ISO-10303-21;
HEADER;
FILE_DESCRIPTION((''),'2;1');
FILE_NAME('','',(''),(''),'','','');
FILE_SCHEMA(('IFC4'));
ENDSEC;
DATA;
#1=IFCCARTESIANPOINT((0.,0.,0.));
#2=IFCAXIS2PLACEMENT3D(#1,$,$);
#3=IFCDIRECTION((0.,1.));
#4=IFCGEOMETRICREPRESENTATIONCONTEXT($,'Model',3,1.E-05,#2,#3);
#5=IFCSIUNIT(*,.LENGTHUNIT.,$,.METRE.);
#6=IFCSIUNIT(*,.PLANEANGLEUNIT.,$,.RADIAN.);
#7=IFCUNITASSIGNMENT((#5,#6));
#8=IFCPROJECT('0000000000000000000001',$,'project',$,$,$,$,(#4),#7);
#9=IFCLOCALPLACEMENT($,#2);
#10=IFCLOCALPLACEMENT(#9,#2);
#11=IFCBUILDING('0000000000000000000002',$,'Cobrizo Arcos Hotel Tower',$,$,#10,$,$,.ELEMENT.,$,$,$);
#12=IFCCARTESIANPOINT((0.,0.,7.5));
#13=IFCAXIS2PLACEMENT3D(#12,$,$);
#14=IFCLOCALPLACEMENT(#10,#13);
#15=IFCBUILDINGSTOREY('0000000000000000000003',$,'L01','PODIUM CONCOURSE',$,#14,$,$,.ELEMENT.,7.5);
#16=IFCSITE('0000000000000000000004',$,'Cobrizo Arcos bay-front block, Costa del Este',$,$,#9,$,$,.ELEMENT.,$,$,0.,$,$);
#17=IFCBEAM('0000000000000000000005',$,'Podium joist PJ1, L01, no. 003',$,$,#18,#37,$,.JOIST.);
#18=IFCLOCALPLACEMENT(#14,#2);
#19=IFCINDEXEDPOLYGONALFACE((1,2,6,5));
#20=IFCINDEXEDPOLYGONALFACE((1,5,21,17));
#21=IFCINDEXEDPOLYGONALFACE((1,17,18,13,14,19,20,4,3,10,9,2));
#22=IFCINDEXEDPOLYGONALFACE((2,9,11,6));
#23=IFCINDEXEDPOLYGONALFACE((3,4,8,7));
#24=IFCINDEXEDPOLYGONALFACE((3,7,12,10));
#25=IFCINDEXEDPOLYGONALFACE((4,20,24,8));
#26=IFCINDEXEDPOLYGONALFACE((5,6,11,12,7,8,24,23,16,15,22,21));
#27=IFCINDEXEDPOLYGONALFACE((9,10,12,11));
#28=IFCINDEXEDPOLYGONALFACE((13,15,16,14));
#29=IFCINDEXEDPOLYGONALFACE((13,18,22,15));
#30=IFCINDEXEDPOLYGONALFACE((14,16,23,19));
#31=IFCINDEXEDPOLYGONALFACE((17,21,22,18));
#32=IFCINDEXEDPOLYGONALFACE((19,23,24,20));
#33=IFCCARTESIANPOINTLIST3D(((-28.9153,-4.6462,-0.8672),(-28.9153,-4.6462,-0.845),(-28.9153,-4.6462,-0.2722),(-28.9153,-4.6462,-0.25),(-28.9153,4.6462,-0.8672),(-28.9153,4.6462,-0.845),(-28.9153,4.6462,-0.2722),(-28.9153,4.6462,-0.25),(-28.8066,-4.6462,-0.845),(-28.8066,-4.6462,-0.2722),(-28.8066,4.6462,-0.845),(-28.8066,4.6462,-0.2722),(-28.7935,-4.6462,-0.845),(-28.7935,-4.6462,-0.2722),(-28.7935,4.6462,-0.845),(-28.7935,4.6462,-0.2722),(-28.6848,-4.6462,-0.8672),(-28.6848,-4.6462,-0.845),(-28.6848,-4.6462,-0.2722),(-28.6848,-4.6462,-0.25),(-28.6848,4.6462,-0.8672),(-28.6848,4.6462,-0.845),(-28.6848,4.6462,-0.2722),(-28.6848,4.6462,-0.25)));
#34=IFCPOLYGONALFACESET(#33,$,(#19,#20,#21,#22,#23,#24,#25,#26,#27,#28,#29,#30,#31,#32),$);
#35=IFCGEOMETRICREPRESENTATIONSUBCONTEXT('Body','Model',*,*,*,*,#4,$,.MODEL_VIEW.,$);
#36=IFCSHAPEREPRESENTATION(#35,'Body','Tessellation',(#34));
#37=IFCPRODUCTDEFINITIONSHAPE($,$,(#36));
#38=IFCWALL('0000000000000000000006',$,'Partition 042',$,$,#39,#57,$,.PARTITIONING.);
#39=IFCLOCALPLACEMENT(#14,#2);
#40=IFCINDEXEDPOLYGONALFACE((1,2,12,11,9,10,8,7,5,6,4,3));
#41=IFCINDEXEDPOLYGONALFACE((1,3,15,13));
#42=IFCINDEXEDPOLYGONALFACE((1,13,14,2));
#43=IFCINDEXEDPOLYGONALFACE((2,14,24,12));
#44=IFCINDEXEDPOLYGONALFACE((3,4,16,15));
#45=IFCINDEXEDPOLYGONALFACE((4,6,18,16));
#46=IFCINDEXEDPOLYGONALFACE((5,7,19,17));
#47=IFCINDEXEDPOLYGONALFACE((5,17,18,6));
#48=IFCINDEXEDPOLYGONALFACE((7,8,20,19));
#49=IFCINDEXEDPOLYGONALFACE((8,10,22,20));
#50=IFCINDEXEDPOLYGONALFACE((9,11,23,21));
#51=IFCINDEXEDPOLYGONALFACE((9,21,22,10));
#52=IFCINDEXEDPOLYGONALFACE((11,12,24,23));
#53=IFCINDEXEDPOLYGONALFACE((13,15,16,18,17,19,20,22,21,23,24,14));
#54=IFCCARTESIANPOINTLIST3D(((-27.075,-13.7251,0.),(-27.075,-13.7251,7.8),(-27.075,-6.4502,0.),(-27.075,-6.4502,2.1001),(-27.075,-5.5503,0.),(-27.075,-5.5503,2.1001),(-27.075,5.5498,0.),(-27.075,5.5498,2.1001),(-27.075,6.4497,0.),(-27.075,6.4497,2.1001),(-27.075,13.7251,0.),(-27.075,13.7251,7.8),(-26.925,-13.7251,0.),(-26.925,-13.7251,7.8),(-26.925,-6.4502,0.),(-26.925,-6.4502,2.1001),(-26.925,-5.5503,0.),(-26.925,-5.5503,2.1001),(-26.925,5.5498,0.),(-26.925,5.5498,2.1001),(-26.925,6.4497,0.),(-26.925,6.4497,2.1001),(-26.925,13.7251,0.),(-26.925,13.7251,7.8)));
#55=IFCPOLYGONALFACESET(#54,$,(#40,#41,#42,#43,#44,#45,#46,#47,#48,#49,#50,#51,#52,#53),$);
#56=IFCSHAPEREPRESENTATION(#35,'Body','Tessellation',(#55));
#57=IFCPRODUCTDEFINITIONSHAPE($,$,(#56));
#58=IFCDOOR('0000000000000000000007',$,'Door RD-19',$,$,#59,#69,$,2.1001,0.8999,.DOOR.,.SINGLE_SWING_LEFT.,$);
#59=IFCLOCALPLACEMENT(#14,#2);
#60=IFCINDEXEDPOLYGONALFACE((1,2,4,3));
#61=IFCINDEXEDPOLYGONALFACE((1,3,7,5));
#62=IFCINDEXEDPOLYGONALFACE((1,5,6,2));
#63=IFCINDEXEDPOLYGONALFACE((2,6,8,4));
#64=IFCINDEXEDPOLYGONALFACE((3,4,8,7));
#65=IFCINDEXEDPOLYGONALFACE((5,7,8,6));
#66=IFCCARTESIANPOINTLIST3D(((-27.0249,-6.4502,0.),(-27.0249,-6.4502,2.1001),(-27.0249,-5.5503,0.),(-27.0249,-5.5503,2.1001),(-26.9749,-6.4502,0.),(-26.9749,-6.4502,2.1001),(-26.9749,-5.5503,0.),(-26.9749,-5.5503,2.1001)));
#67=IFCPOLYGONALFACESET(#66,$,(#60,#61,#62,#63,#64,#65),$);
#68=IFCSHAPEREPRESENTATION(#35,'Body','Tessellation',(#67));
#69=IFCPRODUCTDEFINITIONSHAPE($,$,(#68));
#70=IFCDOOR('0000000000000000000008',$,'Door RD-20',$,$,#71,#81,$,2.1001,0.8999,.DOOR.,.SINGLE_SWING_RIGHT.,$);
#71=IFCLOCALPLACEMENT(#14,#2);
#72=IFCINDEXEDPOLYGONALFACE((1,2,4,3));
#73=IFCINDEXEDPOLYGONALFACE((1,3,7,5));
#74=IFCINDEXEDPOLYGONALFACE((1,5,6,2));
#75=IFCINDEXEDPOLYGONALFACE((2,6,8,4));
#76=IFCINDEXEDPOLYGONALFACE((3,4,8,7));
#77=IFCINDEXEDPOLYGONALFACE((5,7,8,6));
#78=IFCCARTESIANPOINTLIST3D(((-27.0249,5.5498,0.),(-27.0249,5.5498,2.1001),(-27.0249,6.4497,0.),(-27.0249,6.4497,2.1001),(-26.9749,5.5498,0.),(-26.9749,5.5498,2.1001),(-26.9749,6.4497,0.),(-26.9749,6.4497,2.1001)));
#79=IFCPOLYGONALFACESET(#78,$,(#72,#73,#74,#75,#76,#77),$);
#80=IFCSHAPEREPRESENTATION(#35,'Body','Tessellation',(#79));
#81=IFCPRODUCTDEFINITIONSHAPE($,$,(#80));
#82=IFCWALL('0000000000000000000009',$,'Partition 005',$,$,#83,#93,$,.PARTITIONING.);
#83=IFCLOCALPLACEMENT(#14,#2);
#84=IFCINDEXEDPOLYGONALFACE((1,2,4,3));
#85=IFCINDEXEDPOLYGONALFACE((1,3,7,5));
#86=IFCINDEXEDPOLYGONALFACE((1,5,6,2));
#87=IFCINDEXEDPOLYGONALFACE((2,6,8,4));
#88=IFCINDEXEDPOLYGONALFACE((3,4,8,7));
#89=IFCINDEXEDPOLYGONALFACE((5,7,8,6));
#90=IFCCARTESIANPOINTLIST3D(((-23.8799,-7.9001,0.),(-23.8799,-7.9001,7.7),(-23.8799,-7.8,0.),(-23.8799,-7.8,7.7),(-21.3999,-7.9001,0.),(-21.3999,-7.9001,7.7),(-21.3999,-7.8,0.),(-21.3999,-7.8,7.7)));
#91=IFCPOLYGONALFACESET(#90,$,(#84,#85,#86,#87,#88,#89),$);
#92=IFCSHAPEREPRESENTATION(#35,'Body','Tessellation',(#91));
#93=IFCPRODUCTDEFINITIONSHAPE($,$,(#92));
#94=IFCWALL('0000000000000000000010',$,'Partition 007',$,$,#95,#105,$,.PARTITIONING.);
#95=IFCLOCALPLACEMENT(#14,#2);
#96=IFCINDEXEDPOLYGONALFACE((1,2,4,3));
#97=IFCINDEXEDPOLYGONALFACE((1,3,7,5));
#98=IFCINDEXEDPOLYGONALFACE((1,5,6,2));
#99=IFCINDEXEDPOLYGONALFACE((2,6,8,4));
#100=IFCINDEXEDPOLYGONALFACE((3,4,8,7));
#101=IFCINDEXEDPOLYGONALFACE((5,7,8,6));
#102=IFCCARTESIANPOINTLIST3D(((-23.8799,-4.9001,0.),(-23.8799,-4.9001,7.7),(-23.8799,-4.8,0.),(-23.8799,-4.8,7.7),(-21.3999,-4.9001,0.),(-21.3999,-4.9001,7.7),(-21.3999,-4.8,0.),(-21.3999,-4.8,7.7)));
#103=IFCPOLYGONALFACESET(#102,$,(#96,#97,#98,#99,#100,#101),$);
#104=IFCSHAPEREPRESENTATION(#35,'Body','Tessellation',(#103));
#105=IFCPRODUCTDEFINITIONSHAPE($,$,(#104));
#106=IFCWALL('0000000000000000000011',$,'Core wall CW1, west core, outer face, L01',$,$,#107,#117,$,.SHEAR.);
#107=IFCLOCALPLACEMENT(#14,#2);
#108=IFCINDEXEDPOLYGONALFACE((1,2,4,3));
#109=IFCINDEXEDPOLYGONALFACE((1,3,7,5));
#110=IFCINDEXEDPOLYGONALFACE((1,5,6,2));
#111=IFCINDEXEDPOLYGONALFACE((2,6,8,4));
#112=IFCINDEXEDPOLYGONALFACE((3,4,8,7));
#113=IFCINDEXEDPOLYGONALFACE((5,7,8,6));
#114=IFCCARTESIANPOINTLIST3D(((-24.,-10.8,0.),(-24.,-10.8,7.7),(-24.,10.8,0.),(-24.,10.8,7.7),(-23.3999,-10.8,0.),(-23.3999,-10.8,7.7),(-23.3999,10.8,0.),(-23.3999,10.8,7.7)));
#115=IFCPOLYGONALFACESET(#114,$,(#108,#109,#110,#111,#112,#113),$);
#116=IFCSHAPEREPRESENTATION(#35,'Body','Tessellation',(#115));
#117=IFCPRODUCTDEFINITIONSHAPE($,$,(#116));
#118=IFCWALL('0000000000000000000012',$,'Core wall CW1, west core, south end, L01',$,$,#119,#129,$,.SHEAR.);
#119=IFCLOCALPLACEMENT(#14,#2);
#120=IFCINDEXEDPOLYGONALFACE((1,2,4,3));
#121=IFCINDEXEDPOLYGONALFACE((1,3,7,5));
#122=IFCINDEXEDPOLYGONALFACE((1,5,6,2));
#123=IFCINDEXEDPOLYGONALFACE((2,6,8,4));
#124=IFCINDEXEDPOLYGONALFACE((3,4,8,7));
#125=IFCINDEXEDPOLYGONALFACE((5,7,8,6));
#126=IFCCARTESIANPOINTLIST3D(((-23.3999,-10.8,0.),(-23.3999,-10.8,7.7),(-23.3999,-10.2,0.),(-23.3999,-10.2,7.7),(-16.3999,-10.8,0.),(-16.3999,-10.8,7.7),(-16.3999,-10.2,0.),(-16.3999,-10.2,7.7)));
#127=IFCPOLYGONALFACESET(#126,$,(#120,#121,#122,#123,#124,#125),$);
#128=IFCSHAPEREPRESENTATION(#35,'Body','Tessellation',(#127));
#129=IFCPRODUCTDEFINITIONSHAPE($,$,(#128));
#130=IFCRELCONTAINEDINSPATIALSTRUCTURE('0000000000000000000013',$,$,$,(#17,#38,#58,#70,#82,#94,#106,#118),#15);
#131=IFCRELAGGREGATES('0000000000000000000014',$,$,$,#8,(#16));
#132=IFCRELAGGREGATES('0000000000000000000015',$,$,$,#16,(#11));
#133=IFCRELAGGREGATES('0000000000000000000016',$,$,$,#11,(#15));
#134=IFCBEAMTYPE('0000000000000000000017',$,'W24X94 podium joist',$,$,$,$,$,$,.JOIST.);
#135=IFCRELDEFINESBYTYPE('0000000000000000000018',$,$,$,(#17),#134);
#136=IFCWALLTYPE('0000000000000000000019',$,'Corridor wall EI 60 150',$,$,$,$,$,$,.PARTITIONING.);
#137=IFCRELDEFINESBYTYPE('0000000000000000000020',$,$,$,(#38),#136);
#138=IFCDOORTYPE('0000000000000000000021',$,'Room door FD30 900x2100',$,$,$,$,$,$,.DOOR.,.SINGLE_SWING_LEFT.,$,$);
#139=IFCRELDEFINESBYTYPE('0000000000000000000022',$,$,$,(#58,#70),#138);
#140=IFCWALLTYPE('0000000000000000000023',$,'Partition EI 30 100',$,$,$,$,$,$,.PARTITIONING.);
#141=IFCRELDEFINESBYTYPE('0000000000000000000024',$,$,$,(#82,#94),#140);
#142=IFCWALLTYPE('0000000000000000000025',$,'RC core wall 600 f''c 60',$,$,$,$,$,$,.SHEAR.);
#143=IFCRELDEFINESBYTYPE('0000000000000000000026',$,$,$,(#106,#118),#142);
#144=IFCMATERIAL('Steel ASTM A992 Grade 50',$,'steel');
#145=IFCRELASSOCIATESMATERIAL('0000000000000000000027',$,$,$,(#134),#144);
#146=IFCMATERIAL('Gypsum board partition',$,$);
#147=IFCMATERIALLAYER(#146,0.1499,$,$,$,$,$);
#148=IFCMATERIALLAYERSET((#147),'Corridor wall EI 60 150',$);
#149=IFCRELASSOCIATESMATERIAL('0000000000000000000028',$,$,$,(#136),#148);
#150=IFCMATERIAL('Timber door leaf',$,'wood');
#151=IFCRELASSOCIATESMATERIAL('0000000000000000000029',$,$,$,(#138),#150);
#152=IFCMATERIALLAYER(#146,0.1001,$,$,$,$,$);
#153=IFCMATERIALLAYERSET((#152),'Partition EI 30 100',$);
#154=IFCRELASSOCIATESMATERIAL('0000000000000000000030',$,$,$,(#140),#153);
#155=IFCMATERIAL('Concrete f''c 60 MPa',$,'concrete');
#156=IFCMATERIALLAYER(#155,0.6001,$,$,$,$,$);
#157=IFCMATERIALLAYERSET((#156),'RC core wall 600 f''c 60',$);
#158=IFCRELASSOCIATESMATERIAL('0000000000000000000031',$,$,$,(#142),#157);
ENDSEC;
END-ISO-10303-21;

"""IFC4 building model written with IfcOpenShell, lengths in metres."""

from ifc_helpers import new_model, si_unit, direction, frame, frame_2d, origin, origin_2d, place, context, subcontext, project, spatial, rectangle, i_section, extrude, material, layer, layer_set, material_profile, profile_set, type_object, element, fill, save


model = new_model("IFC4")

# Units and contexts
model_context = context("Model", 3, precision=1e-05, world=origin(), true_north=direction((0.0, 1.0)))
body_context = subcontext(model_context, "Body", "Model", "MODEL_VIEW")
ifc_project = project(units=[si_unit("LENGTHUNIT", "METRE"), si_unit("PLANEANGLEUNIT", "RADIAN")], contexts=[model_context])

# Site, building, storey
site_placement = place(None, origin())
site = spatial("IfcSite", under=ifc_project, at=site_placement, Name="Cobrizo Arcos bay-front block, Costa del Este", CompositionType="ELEMENT", RefElevation=0.0)
building_placement = place(site_placement, origin())
building = spatial("IfcBuilding", under=site, at=building_placement, Name="Cobrizo Arcos Hotel Tower", CompositionType="ELEMENT")
storey_placement = place(building_placement, frame((0.0, 0.0, 7.5)))
storey = spatial("IfcBuildingStorey", under=building, at=storey_placement, Name="L01", Description="PODIUM CONCOURSE", CompositionType="ELEMENT", Elevation=7.5)

# Beam
ifc_material_1 = material(Name="Steel ASTM A992 Grade 50", Category="steel")
ifc_material_profile = material_profile(ifc_material_1, i_section(OverallWidth=0.2305, OverallDepth=0.6172, WebThickness=0.0132, FlangeThickness=0.0222, at=origin_2d()), Name="W24X94")
ifc_profile_set = profile_set([ifc_material_profile], Name="Steel ASTM A992 Grade 50")
beam_type = type_object("IfcBeamType", Name="W24X94 podium joist", PredefinedType="JOIST", material=ifc_profile_set)
beam_placement = place(storey_placement, frame((-28.8, -4.6462, -0.5586), z_axis=(0.0, 1.0, 0.0), x_axis=(-1.0, 0.0, 0.0)))
element("IfcBeam", 1, at=beam_placement, inside=storey, type_object=beam_type, Name="Podium joist PJ1, L01, no. 003", PredefinedType="JOIST", context=body_context, shape_type="SweptSolid", body=[
    extrude(i_section(OverallWidth=0.2305, OverallDepth=0.6172, WebThickness=0.0132, FlangeThickness=0.0222, at=origin_2d()), origin(), (0.0, 0.0, 1.0), 9.2925),
])

# Wall, openings, doors
ifc_material_2 = material(Name="Gypsum board partition")
ifc_layer_1 = layer(ifc_material_2, 0.1499)
ifc_layer_set_1 = layer_set([ifc_layer_1], Name="Corridor wall EI 60 150")
wall_type_1 = type_object("IfcWallType", Name="Corridor wall EI 60 150", PredefinedType="PARTITIONING", material=ifc_layer_set_1)
wall_1_placement = place(storey_placement, frame((-27.0, -13.7251, 0.0), z_axis=(0.0, 0.0, 1.0), x_axis=(0.0, 1.0, 0.0)))
wall_1 = element("IfcWall", 2, at=wall_1_placement, inside=storey, type_object=wall_type_1, Name="Partition 042", PredefinedType="PARTITIONING", context=body_context, shape_type="SweptSolid", body=[
    extrude(rectangle(XDim=27.4502, YDim=0.1499, at=frame_2d((13.7251, 0.0))), origin(), (0.0, 0.0, 1.0), 7.8),
])
opening_1_placement = place(wall_1_placement, frame((7.2749, 0.0, 0.0)))
opening_1 = element("IfcOpeningElement", 3, at=opening_1_placement, cuts=wall_1, PredefinedType="OPENING", context=body_context, shape_type="SweptSolid", body=[
    extrude(rectangle(XDim=0.8999, YDim=2.1001, at=frame_2d((0.45, 1.05))), frame((0.0, 0.0869, 0.0), z_axis=(0.0, -1.0, 0.0), x_axis=(1.0, 0.0, 0.0)), (0.0, 0.0, 1.0), 0.1738),
])
opening_2_placement = place(wall_1_placement, frame((19.2749, 0.0, 0.0)))
opening_2 = element("IfcOpeningElement", 4, at=opening_2_placement, cuts=wall_1, PredefinedType="OPENING", context=body_context, shape_type="SweptSolid", body=[
    extrude(rectangle(XDim=0.8999, YDim=2.1001, at=frame_2d((0.45, 1.05))), frame((0.0, 0.0869, 0.0), z_axis=(0.0, -1.0, 0.0), x_axis=(1.0, 0.0, 0.0)), (0.0, 0.0, 1.0), 0.1738),
])
ifc_material_3 = material(Name="Timber door leaf", Category="wood")
door_type_1 = type_object("IfcDoorType", Name="Room door FD30 900x2100", OperationType="SINGLE_SWING_LEFT", PredefinedType="DOOR", material=ifc_material_3)
door_1_placement = place(opening_1_placement, origin())
door_1 = element("IfcDoor", 5, at=door_1_placement, inside=storey, type_object=door_type_1, Name="Door RD-19", OperationType="SINGLE_SWING_LEFT", OverallHeight=2.1001, OverallWidth=0.8999, PredefinedType="DOOR", context=body_context, shape_type="SweptSolid", body=[
    extrude(rectangle(XDim=0.8999, YDim=2.1001, at=frame_2d((0.45, 1.05))), frame((0.0, 0.0249, 0.0), z_axis=(0.0, -1.0, 0.0), x_axis=(1.0, 0.0, 0.0)), (0.0, 0.0, 1.0), 0.05),
])
fill(opening_1, door_1)
door_2_placement = place(opening_2_placement, origin())
door_2 = element("IfcDoor", 6, at=door_2_placement, inside=storey, type_object=door_type_1, Name="Door RD-20", OperationType="SINGLE_SWING_RIGHT", OverallHeight=2.1001, OverallWidth=0.8999, PredefinedType="DOOR", context=body_context, shape_type="SweptSolid", body=[
    extrude(rectangle(XDim=0.8999, YDim=2.1001, at=frame_2d((0.45, 1.05))), frame((0.0, 0.0249, 0.0), z_axis=(0.0, -1.0, 0.0), x_axis=(1.0, 0.0, 0.0)), (0.0, 0.0, 1.0), 0.05),
])
fill(opening_2, door_2)

# Walls
ifc_layer_2 = layer(ifc_material_2, 0.1001)
ifc_layer_set_2 = layer_set([ifc_layer_2], Name="Partition EI 30 100")
wall_type_2 = type_object("IfcWallType", Name="Partition EI 30 100", PredefinedType="PARTITIONING", material=ifc_layer_set_2)
for number, where, z_axis, x_axis, name in (
    (7, (-23.8799, -7.8501, 0.0), (0.0, 0.0, 1.0), (1.0, 0.0, 0.0), "Partition 005"),
    (8, (-23.8799, -4.8501, 0.0), (0.0, 0.0, 1.0), (1.0, 0.0, 0.0), "Partition 007"),
):
    element("IfcWall", number, at=place(storey_placement, frame(where, z_axis=z_axis, x_axis=x_axis)), inside=storey, type_object=wall_type_2, Name=name, PredefinedType="PARTITIONING", context=body_context, shape_type="SweptSolid", body=[
        extrude(rectangle(XDim=2.48, YDim=0.1001, at=frame_2d((1.24, 0.0))), origin(), (0.0, 0.0, 1.0), 7.7),
    ])
ifc_material_4 = material(Name="Concrete f'c 60 MPa", Category="concrete")
ifc_layer_3 = layer(ifc_material_4, 0.6001)
ifc_layer_set_3 = layer_set([ifc_layer_3], Name="RC core wall 600 f'c 60")
wall_type_3 = type_object("IfcWallType", Name="RC core wall 600 f'c 60", PredefinedType="SHEAR", material=ifc_layer_set_3)
wall_2_placement = place(storey_placement, frame((-23.7, -10.8, 0.0), z_axis=(0.0, 0.0, 1.0), x_axis=(0.0, 1.0, 0.0)))
element("IfcWall", 9, at=wall_2_placement, inside=storey, type_object=wall_type_3, Name="Core wall CW1, west core, outer face, L01", PredefinedType="SHEAR", context=body_context, shape_type="SweptSolid", body=[
    extrude(rectangle(XDim=21.6001, YDim=0.6001, at=frame_2d((10.8, 0.0))), origin(), (0.0, 0.0, 1.0), 7.7),
])
wall_3_placement = place(storey_placement, frame((-23.3999, -10.5, 0.0), z_axis=(0.0, 0.0, 1.0), x_axis=(1.0, 0.0, 0.0)))
element("IfcWall", 10, at=wall_3_placement, inside=storey, type_object=wall_type_3, Name="Core wall CW1, west core, south end, L01", PredefinedType="SHEAR", context=body_context, shape_type="SweptSolid", body=[
    extrude(rectangle(XDim=7.0, YDim=0.6001, at=frame_2d((3.5, 0.0))), origin(), (0.0, 0.0, 1.0), 7.7),
])

save(model, "model.ifc")
